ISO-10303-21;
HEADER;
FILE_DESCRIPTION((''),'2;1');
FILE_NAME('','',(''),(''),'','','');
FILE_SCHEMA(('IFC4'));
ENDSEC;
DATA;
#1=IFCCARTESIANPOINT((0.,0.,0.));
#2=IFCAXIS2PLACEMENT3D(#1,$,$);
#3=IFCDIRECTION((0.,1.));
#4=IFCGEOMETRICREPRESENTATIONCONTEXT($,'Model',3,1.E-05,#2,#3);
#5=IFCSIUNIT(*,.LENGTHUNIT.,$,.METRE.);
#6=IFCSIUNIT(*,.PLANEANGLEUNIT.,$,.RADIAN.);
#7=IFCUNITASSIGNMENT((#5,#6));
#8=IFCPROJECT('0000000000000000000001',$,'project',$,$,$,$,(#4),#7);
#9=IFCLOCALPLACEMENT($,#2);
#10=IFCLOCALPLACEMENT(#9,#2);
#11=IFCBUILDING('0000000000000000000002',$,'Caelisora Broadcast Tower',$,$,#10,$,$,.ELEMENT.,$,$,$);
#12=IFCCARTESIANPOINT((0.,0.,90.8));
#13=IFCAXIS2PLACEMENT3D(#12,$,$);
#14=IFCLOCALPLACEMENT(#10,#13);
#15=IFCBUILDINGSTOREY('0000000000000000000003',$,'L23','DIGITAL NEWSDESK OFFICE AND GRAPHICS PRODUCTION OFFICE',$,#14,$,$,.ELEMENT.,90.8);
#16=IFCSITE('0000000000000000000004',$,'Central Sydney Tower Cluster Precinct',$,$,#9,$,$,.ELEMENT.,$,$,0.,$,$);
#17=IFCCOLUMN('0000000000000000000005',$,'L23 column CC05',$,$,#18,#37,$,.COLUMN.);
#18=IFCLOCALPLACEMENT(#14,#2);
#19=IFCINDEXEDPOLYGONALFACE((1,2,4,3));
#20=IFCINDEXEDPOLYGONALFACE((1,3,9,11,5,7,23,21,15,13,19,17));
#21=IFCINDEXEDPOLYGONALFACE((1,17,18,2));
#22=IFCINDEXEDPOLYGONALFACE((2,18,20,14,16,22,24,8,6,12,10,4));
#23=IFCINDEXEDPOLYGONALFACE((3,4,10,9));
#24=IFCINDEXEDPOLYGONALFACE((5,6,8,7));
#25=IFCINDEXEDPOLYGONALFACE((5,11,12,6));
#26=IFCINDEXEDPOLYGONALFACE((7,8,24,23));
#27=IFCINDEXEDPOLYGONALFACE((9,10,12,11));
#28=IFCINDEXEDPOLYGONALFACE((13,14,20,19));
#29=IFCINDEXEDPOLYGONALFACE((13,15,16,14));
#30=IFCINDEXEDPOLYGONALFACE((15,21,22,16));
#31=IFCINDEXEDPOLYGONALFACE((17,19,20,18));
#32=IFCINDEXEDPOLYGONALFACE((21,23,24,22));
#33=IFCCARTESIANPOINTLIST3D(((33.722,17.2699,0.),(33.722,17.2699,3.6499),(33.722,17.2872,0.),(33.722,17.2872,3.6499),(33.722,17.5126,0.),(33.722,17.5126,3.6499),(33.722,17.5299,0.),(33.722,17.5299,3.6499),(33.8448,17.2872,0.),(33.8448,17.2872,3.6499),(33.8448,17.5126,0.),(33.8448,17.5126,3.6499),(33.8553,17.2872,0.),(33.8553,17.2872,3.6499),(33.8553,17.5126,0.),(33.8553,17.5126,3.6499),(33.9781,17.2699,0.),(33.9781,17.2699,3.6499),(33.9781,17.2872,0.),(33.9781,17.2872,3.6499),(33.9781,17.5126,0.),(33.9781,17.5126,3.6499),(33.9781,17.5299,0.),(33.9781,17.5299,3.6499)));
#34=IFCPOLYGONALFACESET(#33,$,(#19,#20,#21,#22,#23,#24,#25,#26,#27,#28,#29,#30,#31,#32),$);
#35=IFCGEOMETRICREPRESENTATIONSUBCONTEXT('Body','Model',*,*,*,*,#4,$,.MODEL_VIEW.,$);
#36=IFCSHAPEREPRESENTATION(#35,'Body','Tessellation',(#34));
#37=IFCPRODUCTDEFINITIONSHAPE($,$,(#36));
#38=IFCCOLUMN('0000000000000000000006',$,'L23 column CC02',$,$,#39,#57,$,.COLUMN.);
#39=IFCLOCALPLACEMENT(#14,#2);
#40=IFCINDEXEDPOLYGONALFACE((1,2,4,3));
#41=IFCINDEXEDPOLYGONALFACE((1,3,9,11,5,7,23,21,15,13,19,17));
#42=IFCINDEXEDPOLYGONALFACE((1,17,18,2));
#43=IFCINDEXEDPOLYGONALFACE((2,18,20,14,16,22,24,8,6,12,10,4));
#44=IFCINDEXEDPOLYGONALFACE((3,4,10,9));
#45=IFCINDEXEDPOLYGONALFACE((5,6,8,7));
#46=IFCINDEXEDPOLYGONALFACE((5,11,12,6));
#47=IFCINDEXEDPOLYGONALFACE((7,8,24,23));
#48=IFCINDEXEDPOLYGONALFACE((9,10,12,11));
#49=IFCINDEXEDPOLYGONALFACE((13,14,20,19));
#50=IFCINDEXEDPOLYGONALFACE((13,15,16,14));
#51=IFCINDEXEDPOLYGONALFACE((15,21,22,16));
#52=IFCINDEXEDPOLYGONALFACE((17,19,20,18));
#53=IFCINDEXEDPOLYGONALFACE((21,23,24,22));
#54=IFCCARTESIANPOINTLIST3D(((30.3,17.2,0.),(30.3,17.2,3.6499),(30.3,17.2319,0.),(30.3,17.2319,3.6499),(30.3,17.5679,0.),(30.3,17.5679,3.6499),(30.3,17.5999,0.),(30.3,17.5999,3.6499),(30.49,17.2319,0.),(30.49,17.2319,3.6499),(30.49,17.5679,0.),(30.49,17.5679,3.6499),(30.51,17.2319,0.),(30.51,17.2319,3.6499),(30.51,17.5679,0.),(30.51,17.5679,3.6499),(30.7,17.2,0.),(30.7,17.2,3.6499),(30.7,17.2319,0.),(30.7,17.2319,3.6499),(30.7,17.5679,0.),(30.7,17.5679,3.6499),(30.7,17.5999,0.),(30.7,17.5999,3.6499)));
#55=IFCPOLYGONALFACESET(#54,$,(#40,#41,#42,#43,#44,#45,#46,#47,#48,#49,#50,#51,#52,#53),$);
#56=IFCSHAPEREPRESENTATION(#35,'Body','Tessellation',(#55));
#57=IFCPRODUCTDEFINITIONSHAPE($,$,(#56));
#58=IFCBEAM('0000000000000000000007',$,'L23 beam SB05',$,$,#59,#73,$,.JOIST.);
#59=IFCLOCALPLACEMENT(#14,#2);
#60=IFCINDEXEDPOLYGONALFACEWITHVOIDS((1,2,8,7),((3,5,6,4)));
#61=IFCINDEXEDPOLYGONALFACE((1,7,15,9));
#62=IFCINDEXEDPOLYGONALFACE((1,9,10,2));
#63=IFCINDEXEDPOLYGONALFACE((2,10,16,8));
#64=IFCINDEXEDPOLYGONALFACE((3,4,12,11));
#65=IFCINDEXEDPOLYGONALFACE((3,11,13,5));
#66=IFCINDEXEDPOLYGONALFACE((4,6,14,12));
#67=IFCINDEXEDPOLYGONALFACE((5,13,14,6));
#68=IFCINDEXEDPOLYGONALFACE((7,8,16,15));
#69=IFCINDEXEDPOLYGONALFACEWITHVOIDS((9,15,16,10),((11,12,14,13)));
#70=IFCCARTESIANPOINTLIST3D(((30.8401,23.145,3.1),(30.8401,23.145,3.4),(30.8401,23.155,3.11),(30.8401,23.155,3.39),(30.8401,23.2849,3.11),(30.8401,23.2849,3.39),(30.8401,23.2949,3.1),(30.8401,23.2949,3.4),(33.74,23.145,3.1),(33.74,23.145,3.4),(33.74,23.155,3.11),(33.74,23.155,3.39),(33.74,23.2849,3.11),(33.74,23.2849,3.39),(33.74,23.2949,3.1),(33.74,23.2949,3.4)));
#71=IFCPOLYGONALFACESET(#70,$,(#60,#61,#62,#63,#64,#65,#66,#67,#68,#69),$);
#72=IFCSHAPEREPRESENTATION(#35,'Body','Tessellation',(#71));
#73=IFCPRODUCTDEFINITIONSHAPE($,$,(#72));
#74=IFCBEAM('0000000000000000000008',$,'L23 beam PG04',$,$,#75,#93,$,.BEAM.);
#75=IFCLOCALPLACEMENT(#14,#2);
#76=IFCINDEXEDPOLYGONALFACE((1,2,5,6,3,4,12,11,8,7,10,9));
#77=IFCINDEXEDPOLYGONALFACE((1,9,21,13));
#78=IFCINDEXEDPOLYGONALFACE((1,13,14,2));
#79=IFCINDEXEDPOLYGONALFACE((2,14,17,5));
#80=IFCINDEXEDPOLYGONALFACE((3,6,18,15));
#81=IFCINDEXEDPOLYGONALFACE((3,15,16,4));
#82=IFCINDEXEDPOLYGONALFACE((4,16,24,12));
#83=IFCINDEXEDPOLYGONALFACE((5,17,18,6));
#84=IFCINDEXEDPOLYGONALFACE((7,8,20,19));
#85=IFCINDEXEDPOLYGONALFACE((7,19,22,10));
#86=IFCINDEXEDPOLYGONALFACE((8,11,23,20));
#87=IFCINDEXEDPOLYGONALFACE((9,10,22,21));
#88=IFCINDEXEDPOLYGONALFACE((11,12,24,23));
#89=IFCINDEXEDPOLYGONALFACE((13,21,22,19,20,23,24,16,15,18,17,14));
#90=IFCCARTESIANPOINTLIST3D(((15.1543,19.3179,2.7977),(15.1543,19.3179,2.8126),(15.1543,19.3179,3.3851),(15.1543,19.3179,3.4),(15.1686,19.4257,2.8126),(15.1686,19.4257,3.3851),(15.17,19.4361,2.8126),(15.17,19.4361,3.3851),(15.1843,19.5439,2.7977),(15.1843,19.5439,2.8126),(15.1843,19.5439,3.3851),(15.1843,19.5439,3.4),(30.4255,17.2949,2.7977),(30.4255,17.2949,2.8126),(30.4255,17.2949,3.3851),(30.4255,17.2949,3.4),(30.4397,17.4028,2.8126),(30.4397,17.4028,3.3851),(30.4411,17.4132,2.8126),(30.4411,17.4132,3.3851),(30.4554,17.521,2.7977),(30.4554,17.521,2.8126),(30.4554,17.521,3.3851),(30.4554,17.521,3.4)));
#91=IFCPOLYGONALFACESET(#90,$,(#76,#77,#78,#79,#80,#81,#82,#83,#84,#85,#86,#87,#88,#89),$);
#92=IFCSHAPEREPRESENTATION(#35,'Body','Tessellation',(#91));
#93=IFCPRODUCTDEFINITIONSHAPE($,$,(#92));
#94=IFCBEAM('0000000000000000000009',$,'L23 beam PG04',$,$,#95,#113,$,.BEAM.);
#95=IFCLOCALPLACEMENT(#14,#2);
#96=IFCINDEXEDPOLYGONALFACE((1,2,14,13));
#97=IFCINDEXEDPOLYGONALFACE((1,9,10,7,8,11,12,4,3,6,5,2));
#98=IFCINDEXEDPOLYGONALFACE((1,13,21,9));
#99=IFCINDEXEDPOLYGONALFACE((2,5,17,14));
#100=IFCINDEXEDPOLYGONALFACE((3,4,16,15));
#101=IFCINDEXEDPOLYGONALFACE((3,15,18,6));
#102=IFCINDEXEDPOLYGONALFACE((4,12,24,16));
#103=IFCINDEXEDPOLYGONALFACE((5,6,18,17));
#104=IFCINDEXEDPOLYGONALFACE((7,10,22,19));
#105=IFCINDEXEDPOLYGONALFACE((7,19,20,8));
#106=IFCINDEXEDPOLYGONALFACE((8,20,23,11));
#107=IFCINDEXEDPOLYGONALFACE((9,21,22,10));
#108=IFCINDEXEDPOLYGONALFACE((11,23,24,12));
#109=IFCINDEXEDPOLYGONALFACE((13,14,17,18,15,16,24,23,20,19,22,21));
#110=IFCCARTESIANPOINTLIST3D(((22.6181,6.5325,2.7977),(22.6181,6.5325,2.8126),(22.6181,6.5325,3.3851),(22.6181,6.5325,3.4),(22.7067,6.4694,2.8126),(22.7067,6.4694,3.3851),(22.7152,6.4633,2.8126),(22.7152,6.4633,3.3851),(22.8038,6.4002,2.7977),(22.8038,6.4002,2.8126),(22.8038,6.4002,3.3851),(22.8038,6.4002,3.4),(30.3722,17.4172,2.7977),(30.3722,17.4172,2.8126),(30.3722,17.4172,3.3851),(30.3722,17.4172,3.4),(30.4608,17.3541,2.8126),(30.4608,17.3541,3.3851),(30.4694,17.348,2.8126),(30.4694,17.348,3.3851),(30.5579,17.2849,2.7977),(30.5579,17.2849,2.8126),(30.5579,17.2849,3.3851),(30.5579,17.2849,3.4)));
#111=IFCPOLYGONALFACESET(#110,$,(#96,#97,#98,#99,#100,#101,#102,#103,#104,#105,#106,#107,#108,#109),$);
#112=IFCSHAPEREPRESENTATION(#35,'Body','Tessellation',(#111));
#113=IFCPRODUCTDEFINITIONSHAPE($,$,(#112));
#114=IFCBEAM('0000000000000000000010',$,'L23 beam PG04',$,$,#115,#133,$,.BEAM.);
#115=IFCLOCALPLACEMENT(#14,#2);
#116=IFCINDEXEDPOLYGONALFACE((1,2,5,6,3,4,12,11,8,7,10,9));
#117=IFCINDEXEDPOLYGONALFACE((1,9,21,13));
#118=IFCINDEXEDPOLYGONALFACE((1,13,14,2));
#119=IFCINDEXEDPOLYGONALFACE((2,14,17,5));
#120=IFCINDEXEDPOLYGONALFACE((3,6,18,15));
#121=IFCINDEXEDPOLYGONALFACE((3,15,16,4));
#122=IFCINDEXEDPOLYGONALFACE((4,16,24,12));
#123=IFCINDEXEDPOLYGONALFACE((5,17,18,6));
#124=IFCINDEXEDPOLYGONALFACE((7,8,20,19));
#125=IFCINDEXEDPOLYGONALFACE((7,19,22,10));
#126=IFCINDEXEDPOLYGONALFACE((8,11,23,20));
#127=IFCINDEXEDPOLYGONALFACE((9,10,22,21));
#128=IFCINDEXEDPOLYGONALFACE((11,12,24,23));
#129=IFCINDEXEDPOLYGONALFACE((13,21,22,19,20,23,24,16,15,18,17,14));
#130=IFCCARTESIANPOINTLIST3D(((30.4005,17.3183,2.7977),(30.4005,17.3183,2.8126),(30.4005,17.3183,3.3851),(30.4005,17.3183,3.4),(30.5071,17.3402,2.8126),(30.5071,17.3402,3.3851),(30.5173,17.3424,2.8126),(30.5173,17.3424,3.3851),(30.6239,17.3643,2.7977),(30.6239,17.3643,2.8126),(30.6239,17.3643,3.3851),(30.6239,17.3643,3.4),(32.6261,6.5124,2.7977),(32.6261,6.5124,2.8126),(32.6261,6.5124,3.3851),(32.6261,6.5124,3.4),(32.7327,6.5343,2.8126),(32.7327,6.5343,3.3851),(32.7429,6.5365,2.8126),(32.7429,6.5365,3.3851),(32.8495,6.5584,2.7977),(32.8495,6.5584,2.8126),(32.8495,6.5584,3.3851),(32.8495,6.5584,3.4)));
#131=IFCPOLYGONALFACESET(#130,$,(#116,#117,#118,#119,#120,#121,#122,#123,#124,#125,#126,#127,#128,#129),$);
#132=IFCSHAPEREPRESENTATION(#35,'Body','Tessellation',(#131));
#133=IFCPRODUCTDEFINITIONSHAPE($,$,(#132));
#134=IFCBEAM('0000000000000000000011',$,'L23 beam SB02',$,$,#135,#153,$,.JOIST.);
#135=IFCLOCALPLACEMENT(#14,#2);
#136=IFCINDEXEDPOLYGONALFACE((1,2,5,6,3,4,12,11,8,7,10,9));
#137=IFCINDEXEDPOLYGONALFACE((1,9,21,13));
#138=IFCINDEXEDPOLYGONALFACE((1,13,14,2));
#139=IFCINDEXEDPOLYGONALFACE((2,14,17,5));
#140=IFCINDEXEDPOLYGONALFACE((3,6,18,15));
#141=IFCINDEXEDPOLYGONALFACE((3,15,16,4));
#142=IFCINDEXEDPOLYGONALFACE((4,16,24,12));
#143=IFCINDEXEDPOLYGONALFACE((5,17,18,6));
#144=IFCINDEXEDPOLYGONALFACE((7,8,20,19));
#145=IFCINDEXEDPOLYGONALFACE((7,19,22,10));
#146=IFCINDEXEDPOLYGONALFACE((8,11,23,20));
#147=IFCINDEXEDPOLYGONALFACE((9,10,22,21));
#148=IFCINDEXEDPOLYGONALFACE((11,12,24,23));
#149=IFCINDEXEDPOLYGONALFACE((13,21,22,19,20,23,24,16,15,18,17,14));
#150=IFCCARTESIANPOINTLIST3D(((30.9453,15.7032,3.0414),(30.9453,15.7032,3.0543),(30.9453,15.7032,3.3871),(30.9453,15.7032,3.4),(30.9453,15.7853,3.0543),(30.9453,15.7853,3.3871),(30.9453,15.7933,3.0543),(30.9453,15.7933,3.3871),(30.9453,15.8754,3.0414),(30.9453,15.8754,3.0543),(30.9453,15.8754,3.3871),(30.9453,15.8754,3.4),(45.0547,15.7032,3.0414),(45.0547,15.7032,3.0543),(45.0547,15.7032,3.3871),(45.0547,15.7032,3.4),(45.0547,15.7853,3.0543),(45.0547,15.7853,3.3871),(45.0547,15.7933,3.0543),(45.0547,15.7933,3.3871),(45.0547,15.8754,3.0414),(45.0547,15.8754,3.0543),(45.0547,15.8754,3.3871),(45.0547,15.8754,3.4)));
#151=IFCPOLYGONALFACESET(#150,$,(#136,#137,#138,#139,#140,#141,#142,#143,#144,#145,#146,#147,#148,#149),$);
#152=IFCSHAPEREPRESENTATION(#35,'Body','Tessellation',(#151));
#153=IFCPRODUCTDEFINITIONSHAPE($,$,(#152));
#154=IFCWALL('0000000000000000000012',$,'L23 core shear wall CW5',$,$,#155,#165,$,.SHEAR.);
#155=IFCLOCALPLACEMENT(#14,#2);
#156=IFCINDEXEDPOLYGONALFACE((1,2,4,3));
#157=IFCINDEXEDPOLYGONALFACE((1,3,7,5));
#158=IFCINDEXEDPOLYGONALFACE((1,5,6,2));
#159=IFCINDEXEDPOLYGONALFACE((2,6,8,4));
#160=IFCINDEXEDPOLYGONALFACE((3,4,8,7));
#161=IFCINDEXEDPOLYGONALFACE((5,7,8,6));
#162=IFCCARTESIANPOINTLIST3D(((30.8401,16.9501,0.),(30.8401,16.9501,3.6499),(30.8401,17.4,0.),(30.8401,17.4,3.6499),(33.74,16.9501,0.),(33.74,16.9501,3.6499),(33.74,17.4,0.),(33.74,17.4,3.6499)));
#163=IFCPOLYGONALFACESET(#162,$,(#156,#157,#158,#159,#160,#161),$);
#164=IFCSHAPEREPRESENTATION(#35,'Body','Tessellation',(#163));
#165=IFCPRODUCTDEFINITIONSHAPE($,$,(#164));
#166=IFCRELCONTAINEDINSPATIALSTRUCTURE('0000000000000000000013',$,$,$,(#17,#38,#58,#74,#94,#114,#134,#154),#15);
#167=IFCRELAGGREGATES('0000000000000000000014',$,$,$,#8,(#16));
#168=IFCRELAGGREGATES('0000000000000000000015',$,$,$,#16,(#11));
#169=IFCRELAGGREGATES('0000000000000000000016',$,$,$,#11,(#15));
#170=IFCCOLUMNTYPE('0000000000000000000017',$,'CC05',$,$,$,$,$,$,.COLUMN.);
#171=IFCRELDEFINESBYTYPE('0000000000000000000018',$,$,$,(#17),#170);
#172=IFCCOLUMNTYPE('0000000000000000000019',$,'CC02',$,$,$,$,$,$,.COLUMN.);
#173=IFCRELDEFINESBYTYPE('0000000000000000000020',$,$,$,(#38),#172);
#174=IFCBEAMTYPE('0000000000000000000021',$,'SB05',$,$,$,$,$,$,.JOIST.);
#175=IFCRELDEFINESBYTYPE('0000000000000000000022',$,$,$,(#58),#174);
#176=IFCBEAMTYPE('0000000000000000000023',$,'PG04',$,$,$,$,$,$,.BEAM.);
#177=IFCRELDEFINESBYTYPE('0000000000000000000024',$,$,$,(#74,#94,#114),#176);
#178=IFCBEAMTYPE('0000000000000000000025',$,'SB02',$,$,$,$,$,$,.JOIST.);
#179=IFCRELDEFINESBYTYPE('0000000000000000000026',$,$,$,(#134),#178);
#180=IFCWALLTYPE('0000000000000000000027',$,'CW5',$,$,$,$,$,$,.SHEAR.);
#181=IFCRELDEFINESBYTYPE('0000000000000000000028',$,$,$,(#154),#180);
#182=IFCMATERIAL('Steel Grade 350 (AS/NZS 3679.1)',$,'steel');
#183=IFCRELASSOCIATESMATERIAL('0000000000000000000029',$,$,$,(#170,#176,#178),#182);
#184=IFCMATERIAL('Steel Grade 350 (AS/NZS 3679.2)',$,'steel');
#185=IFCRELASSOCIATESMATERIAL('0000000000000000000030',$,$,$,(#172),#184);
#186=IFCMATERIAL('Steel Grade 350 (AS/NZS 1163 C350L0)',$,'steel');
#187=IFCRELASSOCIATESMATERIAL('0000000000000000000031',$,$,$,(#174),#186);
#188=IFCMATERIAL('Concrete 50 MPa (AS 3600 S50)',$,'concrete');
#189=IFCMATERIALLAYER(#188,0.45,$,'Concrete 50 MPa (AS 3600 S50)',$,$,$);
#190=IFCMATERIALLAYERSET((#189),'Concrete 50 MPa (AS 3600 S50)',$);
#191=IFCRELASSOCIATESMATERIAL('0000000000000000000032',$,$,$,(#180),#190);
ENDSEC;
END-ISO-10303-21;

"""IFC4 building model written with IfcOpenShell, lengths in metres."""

from ifc_helpers import new_model, si_unit, direction, frame, frame_2d, origin, origin_2d, place, context, subcontext, project, spatial, rectangle, hollow_rectangle, i_section, extrude, source, transform, mapped, material, layer, layer_set, material_profile, profile_set, type_object, type_shapes, element, save


model = new_model("IFC4")

# Units and contexts
model_context = context("Model", 3, precision=1e-05, world=origin(), true_north=direction((0.0, 1.0)))
body_context = subcontext(model_context, "Body", "Model", "MODEL_VIEW")
ifc_project = project(units=[si_unit("LENGTHUNIT", "METRE"), si_unit("PLANEANGLEUNIT", "RADIAN")], contexts=[model_context])

# Site, building, storey
site_placement = place(None, origin())
site = spatial("IfcSite", under=ifc_project, at=site_placement, Name="Central Sydney Tower Cluster Precinct", CompositionType="ELEMENT", RefElevation=0.0)
building_placement = place(site_placement, origin())
building = spatial("IfcBuilding", under=site, at=building_placement, Name="Caelisora Broadcast Tower", CompositionType="ELEMENT")
storey_placement = place(building_placement, frame((0.0, 0.0, 90.8)))
storey = spatial("IfcBuildingStorey", under=building, at=storey_placement, Name="L23", Description="DIGITAL NEWSDESK OFFICE AND GRAPHICS PRODUCTION OFFICE", CompositionType="ELEMENT", Elevation=90.8)

# Columns
ifc_material_1 = material(Name="Steel Grade 350 (AS/NZS 3679.1)", Category="steel")
ifc_material_profile_1 = material_profile(ifc_material_1, i_section(OverallWidth=0.2561, OverallDepth=0.26, WebThickness=0.0105, FlangeThickness=0.0173, at=origin_2d()), Name="Steel Grade 350 (AS/NZS 3679.1)")
ifc_profile_set_1 = profile_set([ifc_material_profile_1], Name="Steel Grade 350 (AS/NZS 3679.1)")
column_type_1 = type_object("IfcColumnType", Name="CC05", PredefinedType="COLUMN", material=ifc_profile_set_1)
shared_shape_1 = source(origin(), body_context, "Body", "SweptSolid", [
    extrude(i_section(OverallWidth=0.2561, OverallDepth=0.26, WebThickness=0.0105, FlangeThickness=0.0173, at=origin_2d()), origin(), (0.0, 0.0, 1.0), 3.6499),
])
type_shapes(column_type_1, [shared_shape_1])
column_1_placement = place(storey_placement, frame((33.8501, 17.3999, 0.0), z_axis=(0.0, 0.0, 1.0), x_axis=(1.0, 0.0, 0.0)))
element("IfcColumn", 1, at=column_1_placement, inside=storey, type_object=column_type_1, Name="L23 column CC05", PredefinedType="COLUMN", context=body_context, shape_type="MappedRepresentation", body=[
    mapped(shared_shape_1, transform((0.0, 0.0, 0.0), scale=1.0)),
])
ifc_material_2 = material(Name="Steel Grade 350 (AS/NZS 3679.2)", Category="steel")
ifc_material_profile_2 = material_profile(ifc_material_2, i_section(OverallWidth=0.3999, OverallDepth=0.3999, WebThickness=0.02, FlangeThickness=0.032, at=origin_2d()), Name="Steel Grade 350 (AS/NZS 3679.2)")
ifc_profile_set_2 = profile_set([ifc_material_profile_2], Name="Steel Grade 350 (AS/NZS 3679.2)")
column_type_2 = type_object("IfcColumnType", Name="CC02", PredefinedType="COLUMN", material=ifc_profile_set_2)
shared_shape_2 = source(origin(), body_context, "Body", "SweptSolid", [
    extrude(i_section(OverallWidth=0.3999, OverallDepth=0.3999, WebThickness=0.02, FlangeThickness=0.032, at=origin_2d()), origin(), (0.0, 0.0, 1.0), 3.6499),
])
type_shapes(column_type_2, [shared_shape_2])
column_2_placement = place(storey_placement, frame((30.5, 17.3999, 0.0), z_axis=(0.0, 0.0, 1.0), x_axis=(1.0, 0.0, 0.0)))
element("IfcColumn", 2, at=column_2_placement, inside=storey, type_object=column_type_2, Name="L23 column CC02", PredefinedType="COLUMN", context=body_context, shape_type="MappedRepresentation", body=[
    mapped(shared_shape_2, transform((0.0, 0.0, 0.0), scale=1.0)),
])

# Beams
ifc_material_3 = material(Name="Steel Grade 350 (AS/NZS 1163 C350L0)", Category="steel")
ifc_material_profile_3 = material_profile(ifc_material_3, hollow_rectangle(XDim=0.1499, YDim=0.3, WallThickness=0.01, at=origin_2d()), Name="Steel Grade 350 (AS/NZS 1163 C350L0)")
ifc_profile_set_3 = profile_set([ifc_material_profile_3], Name="Steel Grade 350 (AS/NZS 1163 C350L0)")
beam_type_1 = type_object("IfcBeamType", Name="SB05", PredefinedType="JOIST", material=ifc_profile_set_3)
shared_shape_3 = source(origin(), body_context, "Body", "SweptSolid", [
    extrude(hollow_rectangle(XDim=0.1499, YDim=0.3, WallThickness=0.01, at=origin_2d()), origin(), (0.0, 0.0, 1.0), 2.8999),
])
type_shapes(beam_type_1, [shared_shape_3])
beam_1_placement = place(storey_placement, frame((30.8401, 23.22, 3.25), z_axis=(1.0, 0.0, 0.0), x_axis=(0.0, 1.0, 0.0)))
element("IfcBeam", 3, at=beam_1_placement, inside=storey, type_object=beam_type_1, Name="L23 beam SB05", PredefinedType="JOIST", context=body_context, shape_type="MappedRepresentation", body=[
    mapped(shared_shape_3, transform((0.0, 0.0, 0.0), scale=1.0)),
])
ifc_material_profile_4 = material_profile(ifc_material_1, i_section(OverallWidth=0.228, OverallDepth=0.6023, WebThickness=0.0105, FlangeThickness=0.0149, at=origin_2d()), Name="Steel Grade 350 (AS/NZS 3679.1)")
ifc_profile_set_4 = profile_set([ifc_material_profile_4], Name="Steel Grade 350 (AS/NZS 3679.1)")
beam_type_2 = type_object("IfcBeamType", Name="PG04", PredefinedType="BEAM", material=ifc_profile_set_4)
shared_shape_4 = source(origin(), body_context, "Body", "SweptSolid", [
    extrude(i_section(OverallWidth=0.228, OverallDepth=0.6023, WebThickness=0.0105, FlangeThickness=0.0149, at=origin_2d()), origin(), (0.0, 0.0, 1.0), 15.4045),
])
beam_2_placement = place(storey_placement, frame((30.4404, 17.408, 3.0989), z_axis=(-0.99134, 0.131321, 0.0), x_axis=(-0.131321, -0.99134, 0.0)))
element("IfcBeam", 4, at=beam_2_placement, inside=storey, type_object=beam_type_2, Name="L23 beam PG04", PredefinedType="BEAM", context=body_context, shape_type="MappedRepresentation", body=[
    mapped(shared_shape_4, transform((0.0, 0.0, 0.0), scale=1.0)),
])
shared_shape_5 = source(origin(), body_context, "Body", "SweptSolid", [
    extrude(i_section(OverallWidth=0.228, OverallDepth=0.6023, WebThickness=0.0105, FlangeThickness=0.0149, at=origin_2d()), origin(), (0.0, 0.0, 1.0), 13.3643),
])
beam_3_placement = place(storey_placement, frame((30.4651, 17.3511, 3.0989), z_axis=(-0.580213, -0.814465, 0.0), x_axis=(0.814465, -0.580213, 0.0)))
element("IfcBeam", 5, at=beam_3_placement, inside=storey, type_object=beam_type_2, Name="L23 beam PG04", PredefinedType="BEAM", context=body_context, shape_type="MappedRepresentation", body=[
    mapped(shared_shape_5, transform((0.0, 0.0, 0.0), scale=1.0)),
])
shared_shape_6 = source(origin(), body_context, "Body", "SweptSolid", [
    extrude(i_section(OverallWidth=0.228, OverallDepth=0.6023, WebThickness=0.0105, FlangeThickness=0.0149, at=origin_2d()), origin(), (0.0, 0.0, 1.0), 11.0327),
])
type_shapes(beam_type_2, [shared_shape_4, shared_shape_5, shared_shape_6])
beam_4_placement = place(storey_placement, frame((30.5122, 17.3413, 3.0989), z_axis=(0.201726, -0.979442, 0.0), x_axis=(0.979442, 0.201726, 0.0)))
element("IfcBeam", 6, at=beam_4_placement, inside=storey, type_object=beam_type_2, Name="L23 beam PG04", PredefinedType="BEAM", context=body_context, shape_type="MappedRepresentation", body=[
    mapped(shared_shape_6, transform((0.0, 0.0, 0.0), scale=1.0)),
])
ifc_material_profile_5 = material_profile(ifc_material_1, i_section(OverallWidth=0.1721, OverallDepth=0.3586, WebThickness=0.0081, FlangeThickness=0.0129, at=origin_2d()), Name="Steel Grade 350 (AS/NZS 3679.1)")
ifc_profile_set_5 = profile_set([ifc_material_profile_5], Name="Steel Grade 350 (AS/NZS 3679.1)")
beam_type_3 = type_object("IfcBeamType", Name="SB02", PredefinedType="JOIST", material=ifc_profile_set_5)
shared_shape_7 = source(origin(), body_context, "Body", "SweptSolid", [
    extrude(i_section(OverallWidth=0.1721, OverallDepth=0.3586, WebThickness=0.0081, FlangeThickness=0.0129, at=origin_2d()), origin(), (0.0, 0.0, 1.0), 14.1094),
])
type_shapes(beam_type_3, [shared_shape_7])
beam_5_placement = place(storey_placement, frame((30.9453, 15.7893, 3.2207), z_axis=(1.0, 0.0, 0.0), x_axis=(0.0, 1.0, 0.0)))
element("IfcBeam", 7, at=beam_5_placement, inside=storey, type_object=beam_type_3, Name="L23 beam SB02", PredefinedType="JOIST", context=body_context, shape_type="MappedRepresentation", body=[
    mapped(shared_shape_7, transform((0.0, 0.0, 0.0), scale=1.0)),
])

# Shared definitions
ifc_material_4 = material(Name="Concrete 50 MPa (AS 3600 S50)", Category="concrete")

# Wall
ifc_layer_1 = layer(ifc_material_4, 0.45, Name="Concrete 50 MPa (AS 3600 S50)")
ifc_layer_set_1 = layer_set([ifc_layer_1], Name="Concrete 50 MPa (AS 3600 S50)")
wall_type_1 = type_object("IfcWallType", Name="CW5", PredefinedType="SHEAR", material=ifc_layer_set_1)
wall_1_placement = place(storey_placement, frame((30.8401, 17.175, 0.0), z_axis=(0.0, 0.0, 1.0), x_axis=(1.0, 0.0, 0.0)))
element("IfcWall", 8, at=wall_1_placement, inside=storey, type_object=wall_type_1, Name="L23 core shear wall CW5", PredefinedType="SHEAR", context=body_context, shape_type="SweptSolid", body=[
    extrude(rectangle(XDim=2.8999, YDim=0.45, at=frame_2d((1.45, 0.0))), origin(), (0.0, 0.0, 1.0), 3.6499),
])

save(model, "model.ifc")
